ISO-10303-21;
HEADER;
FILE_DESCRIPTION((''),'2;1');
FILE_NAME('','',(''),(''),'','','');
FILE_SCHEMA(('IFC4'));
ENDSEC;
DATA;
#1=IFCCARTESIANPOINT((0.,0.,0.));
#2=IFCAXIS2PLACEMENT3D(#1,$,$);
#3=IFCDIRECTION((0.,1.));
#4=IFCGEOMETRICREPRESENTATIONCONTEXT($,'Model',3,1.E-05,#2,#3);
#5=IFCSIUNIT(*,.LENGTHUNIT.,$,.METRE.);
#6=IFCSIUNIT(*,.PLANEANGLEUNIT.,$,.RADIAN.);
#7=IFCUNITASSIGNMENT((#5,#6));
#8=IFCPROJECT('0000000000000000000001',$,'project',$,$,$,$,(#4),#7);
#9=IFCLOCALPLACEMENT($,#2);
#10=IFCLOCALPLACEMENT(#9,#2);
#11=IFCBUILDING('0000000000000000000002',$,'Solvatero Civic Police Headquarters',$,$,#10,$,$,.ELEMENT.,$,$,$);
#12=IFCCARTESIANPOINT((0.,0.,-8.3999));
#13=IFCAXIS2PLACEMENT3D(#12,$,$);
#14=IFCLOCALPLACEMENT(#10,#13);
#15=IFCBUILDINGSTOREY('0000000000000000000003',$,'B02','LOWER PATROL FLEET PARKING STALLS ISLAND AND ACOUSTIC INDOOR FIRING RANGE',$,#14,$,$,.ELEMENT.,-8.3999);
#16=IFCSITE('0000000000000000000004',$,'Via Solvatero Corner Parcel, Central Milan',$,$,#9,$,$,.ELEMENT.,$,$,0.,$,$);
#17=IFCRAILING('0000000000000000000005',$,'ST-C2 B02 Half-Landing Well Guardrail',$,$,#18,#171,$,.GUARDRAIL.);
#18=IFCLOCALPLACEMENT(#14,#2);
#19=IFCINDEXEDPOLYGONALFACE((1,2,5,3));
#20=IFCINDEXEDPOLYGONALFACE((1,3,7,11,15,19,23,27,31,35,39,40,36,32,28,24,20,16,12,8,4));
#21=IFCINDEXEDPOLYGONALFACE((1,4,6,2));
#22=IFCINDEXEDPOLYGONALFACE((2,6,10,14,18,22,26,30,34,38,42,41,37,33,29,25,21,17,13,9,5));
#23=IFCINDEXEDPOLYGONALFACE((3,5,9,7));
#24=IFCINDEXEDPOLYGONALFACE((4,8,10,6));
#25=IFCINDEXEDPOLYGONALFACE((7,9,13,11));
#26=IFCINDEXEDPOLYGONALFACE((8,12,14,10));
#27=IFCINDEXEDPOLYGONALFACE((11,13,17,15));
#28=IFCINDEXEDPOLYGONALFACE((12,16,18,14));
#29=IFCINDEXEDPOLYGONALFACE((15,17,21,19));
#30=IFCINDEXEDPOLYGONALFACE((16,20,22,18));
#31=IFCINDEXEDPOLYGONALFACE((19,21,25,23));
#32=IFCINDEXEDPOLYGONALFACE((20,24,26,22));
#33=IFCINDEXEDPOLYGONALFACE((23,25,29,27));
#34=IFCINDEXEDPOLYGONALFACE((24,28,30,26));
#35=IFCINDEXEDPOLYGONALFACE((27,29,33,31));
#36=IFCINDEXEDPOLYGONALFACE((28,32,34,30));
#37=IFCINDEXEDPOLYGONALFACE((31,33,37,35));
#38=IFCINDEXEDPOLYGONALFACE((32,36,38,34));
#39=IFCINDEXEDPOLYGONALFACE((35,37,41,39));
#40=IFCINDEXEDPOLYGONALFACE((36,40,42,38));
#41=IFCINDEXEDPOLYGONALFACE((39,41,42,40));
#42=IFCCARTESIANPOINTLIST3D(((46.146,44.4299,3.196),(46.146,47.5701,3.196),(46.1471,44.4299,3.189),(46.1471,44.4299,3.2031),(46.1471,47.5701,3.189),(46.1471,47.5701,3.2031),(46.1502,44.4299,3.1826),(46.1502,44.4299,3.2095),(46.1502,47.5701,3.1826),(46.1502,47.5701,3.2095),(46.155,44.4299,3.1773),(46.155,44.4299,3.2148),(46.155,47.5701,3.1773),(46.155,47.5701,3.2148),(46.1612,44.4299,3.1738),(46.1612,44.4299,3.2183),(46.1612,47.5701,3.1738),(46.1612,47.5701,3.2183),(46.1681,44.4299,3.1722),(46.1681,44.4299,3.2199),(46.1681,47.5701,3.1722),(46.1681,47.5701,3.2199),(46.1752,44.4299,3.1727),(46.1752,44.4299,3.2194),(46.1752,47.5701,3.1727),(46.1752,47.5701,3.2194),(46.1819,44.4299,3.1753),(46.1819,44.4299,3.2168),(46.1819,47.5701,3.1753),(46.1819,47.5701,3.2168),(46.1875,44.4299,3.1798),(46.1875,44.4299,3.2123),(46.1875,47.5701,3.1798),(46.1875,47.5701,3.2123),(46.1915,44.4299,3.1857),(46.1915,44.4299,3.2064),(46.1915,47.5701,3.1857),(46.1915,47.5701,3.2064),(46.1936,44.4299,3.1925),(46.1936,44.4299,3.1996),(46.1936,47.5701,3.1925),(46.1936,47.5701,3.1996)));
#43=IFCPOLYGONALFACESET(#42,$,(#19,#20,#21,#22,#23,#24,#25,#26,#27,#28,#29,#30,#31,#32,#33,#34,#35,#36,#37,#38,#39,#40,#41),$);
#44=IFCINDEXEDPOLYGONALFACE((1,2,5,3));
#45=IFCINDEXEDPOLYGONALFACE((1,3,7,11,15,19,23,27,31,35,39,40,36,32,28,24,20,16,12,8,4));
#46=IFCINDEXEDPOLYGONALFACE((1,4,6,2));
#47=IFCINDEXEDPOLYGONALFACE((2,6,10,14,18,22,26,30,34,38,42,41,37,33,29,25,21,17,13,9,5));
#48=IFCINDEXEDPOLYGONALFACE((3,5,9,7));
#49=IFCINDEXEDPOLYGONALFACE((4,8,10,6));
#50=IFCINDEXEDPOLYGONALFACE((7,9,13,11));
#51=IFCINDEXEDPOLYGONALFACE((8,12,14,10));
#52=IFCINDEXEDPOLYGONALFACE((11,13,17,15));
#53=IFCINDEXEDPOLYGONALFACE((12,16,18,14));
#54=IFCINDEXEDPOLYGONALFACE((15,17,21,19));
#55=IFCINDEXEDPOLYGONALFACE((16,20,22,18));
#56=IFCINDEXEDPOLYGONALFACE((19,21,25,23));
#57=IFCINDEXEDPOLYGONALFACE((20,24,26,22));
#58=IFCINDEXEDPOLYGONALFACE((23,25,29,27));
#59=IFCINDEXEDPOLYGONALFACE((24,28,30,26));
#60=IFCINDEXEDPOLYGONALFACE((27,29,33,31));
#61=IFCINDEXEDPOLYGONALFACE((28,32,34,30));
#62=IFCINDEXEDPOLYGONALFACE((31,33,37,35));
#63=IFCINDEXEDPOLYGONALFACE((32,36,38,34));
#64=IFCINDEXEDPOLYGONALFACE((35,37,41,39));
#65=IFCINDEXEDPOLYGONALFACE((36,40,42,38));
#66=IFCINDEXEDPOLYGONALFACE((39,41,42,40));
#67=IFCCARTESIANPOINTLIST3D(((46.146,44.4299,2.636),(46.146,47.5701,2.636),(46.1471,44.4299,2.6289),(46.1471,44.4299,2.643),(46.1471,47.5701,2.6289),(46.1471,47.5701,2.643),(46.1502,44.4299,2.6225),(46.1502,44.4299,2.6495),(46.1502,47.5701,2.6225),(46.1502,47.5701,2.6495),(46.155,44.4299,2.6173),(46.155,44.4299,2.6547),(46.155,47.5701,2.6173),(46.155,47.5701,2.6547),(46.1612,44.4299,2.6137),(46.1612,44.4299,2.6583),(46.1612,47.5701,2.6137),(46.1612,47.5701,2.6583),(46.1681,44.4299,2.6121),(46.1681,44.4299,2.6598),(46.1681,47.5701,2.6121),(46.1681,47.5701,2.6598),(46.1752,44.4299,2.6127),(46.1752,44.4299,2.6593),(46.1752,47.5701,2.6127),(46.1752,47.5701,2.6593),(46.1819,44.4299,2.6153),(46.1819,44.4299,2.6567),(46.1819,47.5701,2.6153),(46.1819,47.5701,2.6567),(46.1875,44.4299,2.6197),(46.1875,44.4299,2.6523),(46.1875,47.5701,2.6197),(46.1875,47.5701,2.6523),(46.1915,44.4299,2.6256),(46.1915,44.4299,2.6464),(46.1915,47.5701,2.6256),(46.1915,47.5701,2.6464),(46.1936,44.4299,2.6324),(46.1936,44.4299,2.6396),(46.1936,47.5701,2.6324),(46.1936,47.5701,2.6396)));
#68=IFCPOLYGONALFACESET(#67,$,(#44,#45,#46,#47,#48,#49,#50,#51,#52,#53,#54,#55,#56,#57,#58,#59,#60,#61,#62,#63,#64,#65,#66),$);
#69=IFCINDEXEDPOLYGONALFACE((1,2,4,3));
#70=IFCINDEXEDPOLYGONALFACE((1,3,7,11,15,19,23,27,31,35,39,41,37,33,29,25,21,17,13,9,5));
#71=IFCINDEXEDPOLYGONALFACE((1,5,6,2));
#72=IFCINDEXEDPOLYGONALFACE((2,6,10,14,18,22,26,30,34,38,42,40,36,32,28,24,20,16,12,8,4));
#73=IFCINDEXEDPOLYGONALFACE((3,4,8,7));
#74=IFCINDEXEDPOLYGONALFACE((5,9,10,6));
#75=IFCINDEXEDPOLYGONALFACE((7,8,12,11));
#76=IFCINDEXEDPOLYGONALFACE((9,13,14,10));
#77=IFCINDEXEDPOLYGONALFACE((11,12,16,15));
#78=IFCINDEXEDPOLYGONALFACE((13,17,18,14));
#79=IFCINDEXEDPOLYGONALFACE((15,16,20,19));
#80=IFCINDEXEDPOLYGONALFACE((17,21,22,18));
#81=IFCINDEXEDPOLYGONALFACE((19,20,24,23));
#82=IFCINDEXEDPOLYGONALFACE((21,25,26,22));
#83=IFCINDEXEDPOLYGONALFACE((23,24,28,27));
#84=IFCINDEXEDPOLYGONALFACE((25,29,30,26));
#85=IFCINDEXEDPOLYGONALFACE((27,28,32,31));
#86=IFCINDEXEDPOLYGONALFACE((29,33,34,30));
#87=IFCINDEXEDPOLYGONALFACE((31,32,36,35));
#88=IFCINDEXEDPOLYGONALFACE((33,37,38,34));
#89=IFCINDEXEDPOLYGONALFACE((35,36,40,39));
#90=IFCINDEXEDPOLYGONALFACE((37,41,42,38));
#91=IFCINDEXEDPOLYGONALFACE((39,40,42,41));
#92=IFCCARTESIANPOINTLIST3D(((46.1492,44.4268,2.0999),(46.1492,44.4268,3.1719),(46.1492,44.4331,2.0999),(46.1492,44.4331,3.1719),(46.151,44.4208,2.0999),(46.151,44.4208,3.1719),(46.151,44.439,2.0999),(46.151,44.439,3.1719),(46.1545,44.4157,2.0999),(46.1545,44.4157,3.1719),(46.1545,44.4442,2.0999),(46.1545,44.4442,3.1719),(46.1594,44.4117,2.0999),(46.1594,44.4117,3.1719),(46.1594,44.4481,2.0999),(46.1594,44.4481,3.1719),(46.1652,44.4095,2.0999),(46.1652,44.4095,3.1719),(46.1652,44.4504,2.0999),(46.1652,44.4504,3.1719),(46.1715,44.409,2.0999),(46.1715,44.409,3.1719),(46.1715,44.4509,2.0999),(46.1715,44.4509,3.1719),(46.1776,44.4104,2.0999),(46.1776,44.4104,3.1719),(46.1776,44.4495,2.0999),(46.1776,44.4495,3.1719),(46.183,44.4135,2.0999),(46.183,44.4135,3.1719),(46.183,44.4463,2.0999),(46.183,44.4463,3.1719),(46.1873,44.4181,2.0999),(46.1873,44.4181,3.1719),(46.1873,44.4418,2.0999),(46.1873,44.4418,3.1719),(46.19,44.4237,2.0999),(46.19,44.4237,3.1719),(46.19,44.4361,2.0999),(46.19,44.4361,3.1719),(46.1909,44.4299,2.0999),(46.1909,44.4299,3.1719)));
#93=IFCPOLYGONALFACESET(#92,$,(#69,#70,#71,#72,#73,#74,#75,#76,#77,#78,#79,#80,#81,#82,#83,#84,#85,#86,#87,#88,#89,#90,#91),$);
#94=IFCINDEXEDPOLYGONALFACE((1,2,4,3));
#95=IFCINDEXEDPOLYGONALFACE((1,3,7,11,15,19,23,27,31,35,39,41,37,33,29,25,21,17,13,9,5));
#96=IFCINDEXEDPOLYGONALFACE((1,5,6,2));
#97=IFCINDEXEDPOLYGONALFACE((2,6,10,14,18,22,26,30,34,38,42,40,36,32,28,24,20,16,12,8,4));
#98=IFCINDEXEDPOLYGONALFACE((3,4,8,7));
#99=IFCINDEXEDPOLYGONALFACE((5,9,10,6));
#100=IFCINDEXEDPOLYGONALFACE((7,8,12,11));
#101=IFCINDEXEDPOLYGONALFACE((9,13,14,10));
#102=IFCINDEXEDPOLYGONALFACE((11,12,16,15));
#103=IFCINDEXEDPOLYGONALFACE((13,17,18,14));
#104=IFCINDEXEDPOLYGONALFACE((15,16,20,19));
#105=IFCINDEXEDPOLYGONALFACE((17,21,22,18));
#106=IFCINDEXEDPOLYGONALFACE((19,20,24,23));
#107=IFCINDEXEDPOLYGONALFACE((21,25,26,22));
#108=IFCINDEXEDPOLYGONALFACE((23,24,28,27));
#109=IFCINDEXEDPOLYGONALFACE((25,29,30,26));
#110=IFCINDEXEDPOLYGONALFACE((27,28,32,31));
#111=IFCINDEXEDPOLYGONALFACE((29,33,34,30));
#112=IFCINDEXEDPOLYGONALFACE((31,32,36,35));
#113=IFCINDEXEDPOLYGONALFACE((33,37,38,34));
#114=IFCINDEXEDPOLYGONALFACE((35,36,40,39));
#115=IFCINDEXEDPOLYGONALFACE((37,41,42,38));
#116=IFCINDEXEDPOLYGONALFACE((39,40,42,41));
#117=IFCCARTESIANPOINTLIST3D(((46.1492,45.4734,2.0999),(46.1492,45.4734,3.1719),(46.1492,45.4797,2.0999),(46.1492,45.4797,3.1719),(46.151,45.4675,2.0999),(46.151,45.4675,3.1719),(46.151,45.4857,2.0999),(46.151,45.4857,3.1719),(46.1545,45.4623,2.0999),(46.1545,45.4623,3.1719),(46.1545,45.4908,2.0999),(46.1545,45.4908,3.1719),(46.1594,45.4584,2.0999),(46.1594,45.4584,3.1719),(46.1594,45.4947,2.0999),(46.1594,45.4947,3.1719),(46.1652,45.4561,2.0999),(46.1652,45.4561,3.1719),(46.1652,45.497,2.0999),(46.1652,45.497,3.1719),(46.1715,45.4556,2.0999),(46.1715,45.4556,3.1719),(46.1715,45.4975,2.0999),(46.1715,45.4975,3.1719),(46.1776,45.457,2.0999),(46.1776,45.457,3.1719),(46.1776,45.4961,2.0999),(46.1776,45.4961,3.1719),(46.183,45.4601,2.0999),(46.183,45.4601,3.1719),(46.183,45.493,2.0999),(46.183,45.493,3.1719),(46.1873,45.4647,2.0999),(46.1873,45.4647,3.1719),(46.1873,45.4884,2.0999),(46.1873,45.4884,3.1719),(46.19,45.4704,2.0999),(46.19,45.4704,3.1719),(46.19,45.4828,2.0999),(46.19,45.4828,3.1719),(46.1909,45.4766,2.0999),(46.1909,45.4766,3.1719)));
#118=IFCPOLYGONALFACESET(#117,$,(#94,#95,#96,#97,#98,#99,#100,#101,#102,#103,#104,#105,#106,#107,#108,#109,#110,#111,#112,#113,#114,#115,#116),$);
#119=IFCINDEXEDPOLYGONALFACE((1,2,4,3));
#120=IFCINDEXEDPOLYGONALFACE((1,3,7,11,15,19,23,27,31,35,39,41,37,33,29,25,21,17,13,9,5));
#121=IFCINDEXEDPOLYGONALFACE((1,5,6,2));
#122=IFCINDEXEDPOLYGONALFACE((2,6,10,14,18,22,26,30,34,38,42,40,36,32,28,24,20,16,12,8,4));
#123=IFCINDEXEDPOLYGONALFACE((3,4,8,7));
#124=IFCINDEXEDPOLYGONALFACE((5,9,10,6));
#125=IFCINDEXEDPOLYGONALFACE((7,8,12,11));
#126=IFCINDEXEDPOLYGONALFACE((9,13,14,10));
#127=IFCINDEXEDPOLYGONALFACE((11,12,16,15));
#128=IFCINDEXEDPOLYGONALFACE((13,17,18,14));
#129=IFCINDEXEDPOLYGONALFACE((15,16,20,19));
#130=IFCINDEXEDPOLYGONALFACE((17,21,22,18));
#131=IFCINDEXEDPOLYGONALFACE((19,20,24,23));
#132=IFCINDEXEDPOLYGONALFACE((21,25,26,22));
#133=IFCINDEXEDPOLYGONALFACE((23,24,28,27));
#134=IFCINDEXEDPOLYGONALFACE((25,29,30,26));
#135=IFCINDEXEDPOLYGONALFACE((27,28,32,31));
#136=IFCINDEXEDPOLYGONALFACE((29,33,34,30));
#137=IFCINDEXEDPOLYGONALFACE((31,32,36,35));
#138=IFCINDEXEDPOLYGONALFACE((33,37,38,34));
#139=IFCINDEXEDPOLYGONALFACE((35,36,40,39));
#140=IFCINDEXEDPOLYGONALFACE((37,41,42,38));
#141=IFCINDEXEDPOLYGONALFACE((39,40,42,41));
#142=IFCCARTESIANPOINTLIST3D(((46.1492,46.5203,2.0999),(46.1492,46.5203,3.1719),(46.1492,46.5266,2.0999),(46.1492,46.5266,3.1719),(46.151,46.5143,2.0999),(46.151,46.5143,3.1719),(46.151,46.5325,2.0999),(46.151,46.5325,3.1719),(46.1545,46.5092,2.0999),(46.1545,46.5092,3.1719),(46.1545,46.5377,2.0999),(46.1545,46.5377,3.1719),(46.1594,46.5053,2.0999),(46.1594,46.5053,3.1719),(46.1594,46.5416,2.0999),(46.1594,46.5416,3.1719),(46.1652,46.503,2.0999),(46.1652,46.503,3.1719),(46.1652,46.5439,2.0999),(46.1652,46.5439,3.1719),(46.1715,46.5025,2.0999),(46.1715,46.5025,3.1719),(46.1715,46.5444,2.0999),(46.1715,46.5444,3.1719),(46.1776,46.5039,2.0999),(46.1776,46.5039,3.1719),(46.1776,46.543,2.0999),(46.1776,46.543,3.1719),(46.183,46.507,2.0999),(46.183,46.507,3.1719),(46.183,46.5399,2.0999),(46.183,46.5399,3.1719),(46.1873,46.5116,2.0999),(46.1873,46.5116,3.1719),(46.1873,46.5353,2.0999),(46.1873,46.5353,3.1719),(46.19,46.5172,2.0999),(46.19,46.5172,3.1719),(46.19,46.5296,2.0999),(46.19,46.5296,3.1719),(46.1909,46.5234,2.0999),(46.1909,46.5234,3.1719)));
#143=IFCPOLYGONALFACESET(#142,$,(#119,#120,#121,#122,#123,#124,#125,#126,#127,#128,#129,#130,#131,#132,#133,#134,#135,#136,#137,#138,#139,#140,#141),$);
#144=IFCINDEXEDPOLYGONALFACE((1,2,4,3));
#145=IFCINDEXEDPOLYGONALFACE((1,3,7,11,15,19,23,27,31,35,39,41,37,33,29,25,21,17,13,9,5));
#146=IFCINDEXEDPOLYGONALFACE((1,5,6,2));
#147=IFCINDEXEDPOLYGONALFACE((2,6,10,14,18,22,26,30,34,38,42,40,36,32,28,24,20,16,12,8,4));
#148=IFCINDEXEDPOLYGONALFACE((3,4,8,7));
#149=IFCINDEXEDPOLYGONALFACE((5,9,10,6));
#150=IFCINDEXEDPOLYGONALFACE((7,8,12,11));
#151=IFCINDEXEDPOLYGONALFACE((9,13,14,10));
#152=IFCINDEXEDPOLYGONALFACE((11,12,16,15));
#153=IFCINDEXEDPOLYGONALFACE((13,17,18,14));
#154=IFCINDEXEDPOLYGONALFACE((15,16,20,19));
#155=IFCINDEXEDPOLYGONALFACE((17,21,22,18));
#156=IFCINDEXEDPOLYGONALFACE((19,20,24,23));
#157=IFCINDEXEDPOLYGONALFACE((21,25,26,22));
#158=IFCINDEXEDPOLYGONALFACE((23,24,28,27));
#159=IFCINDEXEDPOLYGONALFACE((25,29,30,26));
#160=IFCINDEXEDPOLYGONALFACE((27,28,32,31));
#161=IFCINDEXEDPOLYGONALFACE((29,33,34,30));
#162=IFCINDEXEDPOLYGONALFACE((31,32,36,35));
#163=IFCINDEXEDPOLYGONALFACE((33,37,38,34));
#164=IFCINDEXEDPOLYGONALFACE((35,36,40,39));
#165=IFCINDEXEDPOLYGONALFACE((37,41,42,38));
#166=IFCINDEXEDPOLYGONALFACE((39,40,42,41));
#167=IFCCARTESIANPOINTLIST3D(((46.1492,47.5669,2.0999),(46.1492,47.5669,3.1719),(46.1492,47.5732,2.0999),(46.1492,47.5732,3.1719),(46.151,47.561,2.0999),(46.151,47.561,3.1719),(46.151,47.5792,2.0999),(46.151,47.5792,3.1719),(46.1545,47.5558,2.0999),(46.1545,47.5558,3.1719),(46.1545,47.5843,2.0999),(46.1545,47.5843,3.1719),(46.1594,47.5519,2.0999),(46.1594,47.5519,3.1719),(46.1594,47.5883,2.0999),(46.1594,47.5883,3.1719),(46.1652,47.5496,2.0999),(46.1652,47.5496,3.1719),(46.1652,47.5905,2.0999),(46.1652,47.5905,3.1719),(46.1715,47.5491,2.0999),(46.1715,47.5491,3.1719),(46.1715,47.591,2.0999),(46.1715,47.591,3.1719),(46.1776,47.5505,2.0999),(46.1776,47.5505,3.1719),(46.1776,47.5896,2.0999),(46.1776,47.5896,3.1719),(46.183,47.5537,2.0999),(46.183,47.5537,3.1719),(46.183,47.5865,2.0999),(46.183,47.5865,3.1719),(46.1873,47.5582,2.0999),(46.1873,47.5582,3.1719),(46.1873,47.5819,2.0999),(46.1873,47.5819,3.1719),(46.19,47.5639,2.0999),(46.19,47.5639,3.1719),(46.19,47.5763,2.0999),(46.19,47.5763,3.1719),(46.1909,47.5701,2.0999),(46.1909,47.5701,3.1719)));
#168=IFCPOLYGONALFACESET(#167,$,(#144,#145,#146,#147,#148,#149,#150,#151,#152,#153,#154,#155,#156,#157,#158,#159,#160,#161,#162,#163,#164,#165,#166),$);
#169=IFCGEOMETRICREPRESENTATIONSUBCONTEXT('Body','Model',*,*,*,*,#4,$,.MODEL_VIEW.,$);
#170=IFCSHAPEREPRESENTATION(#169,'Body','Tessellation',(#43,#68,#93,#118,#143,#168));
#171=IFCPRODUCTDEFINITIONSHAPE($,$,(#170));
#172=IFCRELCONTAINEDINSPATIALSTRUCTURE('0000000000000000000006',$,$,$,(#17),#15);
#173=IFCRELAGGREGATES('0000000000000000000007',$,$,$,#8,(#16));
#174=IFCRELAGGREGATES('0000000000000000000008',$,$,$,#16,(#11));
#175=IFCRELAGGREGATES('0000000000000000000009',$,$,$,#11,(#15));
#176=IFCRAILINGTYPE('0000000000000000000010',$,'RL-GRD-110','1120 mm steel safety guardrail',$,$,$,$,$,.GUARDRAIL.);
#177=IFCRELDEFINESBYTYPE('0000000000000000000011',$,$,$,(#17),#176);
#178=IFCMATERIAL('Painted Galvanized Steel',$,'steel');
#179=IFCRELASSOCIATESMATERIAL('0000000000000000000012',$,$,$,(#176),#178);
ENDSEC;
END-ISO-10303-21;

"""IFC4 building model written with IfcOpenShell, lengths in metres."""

from ifc_helpers import new_model, si_unit, direction, frame, origin, origin_2d, place, context, subcontext, project, spatial, circle, extrude, material, type_object, element, save


model = new_model("IFC4")

# Units and contexts
model_context = context("Model", 3, precision=1e-05, world=origin(), true_north=direction((0.0, 1.0)))
body_context = subcontext(model_context, "Body", "Model", "MODEL_VIEW")
ifc_project = project(units=[si_unit("LENGTHUNIT", "METRE"), si_unit("PLANEANGLEUNIT", "RADIAN")], contexts=[model_context])

# Site, building, storey
site_placement = place(None, origin())
site = spatial("IfcSite", under=ifc_project, at=site_placement, Name="Via Solvatero Corner Parcel, Central Milan", CompositionType="ELEMENT", RefElevation=0.0)
building_placement = place(site_placement, origin())
building = spatial("IfcBuilding", under=site, at=building_placement, Name="Solvatero Civic Police Headquarters", CompositionType="ELEMENT")
storey_placement = place(building_placement, frame((0.0, 0.0, -8.3999)))
storey = spatial("IfcBuildingStorey", under=building, at=storey_placement, Name="B02", Description="LOWER PATROL FLEET PARKING STALLS ISLAND AND ACOUSTIC INDOOR FIRING RANGE", CompositionType="ELEMENT", Elevation=-8.3999)

# Railing
ifc_material_1 = material(Name="Painted Galvanized Steel", Category="steel")
railing_type_1 = type_object("IfcRailingType", Name="RL-GRD-110", Description="1120 mm steel safety guardrail", PredefinedType="GUARDRAIL", material=ifc_material_1)
railing_1_placement = place(storey_placement, frame((46.1699, 44.4299, 2.0999)))
element("IfcRailing", 1, at=railing_1_placement, inside=storey, type_object=railing_type_1, Name="ST-C2 B02 Half-Landing Well Guardrail", PredefinedType="GUARDRAIL", context=body_context, shape_type="SweptSolid", body=[
    extrude(circle(Radius=0.0239, at=origin_2d()), frame((0.0, 0.0, 1.0962), z_axis=(0.0, 1.0, 0.0), x_axis=(-1.0, 0.0, 0.0)), (0.0, 0.0, 1.0), 3.1401),
    extrude(circle(Radius=0.0239, at=origin_2d()), frame((0.0, 0.0, 0.5361), z_axis=(0.0, 1.0, 0.0), x_axis=(-1.0, 0.0, 0.0)), (0.0, 0.0, 1.0), 3.1401),
    extrude(circle(Radius=0.021, at=origin_2d()), origin(), (0.0, 0.0, 1.0), 1.072),
    extrude(circle(Radius=0.021, at=origin_2d()), frame((0.0, 1.0466, 0.0)), (0.0, 0.0, 1.0), 1.072),
    extrude(circle(Radius=0.021, at=origin_2d()), frame((0.0, 2.0935, 0.0)), (0.0, 0.0, 1.0), 1.072),
    extrude(circle(Radius=0.021, at=origin_2d()), frame((0.0, 3.1401, 0.0)), (0.0, 0.0, 1.0), 1.072),
])

save(model, "model.ifc")
